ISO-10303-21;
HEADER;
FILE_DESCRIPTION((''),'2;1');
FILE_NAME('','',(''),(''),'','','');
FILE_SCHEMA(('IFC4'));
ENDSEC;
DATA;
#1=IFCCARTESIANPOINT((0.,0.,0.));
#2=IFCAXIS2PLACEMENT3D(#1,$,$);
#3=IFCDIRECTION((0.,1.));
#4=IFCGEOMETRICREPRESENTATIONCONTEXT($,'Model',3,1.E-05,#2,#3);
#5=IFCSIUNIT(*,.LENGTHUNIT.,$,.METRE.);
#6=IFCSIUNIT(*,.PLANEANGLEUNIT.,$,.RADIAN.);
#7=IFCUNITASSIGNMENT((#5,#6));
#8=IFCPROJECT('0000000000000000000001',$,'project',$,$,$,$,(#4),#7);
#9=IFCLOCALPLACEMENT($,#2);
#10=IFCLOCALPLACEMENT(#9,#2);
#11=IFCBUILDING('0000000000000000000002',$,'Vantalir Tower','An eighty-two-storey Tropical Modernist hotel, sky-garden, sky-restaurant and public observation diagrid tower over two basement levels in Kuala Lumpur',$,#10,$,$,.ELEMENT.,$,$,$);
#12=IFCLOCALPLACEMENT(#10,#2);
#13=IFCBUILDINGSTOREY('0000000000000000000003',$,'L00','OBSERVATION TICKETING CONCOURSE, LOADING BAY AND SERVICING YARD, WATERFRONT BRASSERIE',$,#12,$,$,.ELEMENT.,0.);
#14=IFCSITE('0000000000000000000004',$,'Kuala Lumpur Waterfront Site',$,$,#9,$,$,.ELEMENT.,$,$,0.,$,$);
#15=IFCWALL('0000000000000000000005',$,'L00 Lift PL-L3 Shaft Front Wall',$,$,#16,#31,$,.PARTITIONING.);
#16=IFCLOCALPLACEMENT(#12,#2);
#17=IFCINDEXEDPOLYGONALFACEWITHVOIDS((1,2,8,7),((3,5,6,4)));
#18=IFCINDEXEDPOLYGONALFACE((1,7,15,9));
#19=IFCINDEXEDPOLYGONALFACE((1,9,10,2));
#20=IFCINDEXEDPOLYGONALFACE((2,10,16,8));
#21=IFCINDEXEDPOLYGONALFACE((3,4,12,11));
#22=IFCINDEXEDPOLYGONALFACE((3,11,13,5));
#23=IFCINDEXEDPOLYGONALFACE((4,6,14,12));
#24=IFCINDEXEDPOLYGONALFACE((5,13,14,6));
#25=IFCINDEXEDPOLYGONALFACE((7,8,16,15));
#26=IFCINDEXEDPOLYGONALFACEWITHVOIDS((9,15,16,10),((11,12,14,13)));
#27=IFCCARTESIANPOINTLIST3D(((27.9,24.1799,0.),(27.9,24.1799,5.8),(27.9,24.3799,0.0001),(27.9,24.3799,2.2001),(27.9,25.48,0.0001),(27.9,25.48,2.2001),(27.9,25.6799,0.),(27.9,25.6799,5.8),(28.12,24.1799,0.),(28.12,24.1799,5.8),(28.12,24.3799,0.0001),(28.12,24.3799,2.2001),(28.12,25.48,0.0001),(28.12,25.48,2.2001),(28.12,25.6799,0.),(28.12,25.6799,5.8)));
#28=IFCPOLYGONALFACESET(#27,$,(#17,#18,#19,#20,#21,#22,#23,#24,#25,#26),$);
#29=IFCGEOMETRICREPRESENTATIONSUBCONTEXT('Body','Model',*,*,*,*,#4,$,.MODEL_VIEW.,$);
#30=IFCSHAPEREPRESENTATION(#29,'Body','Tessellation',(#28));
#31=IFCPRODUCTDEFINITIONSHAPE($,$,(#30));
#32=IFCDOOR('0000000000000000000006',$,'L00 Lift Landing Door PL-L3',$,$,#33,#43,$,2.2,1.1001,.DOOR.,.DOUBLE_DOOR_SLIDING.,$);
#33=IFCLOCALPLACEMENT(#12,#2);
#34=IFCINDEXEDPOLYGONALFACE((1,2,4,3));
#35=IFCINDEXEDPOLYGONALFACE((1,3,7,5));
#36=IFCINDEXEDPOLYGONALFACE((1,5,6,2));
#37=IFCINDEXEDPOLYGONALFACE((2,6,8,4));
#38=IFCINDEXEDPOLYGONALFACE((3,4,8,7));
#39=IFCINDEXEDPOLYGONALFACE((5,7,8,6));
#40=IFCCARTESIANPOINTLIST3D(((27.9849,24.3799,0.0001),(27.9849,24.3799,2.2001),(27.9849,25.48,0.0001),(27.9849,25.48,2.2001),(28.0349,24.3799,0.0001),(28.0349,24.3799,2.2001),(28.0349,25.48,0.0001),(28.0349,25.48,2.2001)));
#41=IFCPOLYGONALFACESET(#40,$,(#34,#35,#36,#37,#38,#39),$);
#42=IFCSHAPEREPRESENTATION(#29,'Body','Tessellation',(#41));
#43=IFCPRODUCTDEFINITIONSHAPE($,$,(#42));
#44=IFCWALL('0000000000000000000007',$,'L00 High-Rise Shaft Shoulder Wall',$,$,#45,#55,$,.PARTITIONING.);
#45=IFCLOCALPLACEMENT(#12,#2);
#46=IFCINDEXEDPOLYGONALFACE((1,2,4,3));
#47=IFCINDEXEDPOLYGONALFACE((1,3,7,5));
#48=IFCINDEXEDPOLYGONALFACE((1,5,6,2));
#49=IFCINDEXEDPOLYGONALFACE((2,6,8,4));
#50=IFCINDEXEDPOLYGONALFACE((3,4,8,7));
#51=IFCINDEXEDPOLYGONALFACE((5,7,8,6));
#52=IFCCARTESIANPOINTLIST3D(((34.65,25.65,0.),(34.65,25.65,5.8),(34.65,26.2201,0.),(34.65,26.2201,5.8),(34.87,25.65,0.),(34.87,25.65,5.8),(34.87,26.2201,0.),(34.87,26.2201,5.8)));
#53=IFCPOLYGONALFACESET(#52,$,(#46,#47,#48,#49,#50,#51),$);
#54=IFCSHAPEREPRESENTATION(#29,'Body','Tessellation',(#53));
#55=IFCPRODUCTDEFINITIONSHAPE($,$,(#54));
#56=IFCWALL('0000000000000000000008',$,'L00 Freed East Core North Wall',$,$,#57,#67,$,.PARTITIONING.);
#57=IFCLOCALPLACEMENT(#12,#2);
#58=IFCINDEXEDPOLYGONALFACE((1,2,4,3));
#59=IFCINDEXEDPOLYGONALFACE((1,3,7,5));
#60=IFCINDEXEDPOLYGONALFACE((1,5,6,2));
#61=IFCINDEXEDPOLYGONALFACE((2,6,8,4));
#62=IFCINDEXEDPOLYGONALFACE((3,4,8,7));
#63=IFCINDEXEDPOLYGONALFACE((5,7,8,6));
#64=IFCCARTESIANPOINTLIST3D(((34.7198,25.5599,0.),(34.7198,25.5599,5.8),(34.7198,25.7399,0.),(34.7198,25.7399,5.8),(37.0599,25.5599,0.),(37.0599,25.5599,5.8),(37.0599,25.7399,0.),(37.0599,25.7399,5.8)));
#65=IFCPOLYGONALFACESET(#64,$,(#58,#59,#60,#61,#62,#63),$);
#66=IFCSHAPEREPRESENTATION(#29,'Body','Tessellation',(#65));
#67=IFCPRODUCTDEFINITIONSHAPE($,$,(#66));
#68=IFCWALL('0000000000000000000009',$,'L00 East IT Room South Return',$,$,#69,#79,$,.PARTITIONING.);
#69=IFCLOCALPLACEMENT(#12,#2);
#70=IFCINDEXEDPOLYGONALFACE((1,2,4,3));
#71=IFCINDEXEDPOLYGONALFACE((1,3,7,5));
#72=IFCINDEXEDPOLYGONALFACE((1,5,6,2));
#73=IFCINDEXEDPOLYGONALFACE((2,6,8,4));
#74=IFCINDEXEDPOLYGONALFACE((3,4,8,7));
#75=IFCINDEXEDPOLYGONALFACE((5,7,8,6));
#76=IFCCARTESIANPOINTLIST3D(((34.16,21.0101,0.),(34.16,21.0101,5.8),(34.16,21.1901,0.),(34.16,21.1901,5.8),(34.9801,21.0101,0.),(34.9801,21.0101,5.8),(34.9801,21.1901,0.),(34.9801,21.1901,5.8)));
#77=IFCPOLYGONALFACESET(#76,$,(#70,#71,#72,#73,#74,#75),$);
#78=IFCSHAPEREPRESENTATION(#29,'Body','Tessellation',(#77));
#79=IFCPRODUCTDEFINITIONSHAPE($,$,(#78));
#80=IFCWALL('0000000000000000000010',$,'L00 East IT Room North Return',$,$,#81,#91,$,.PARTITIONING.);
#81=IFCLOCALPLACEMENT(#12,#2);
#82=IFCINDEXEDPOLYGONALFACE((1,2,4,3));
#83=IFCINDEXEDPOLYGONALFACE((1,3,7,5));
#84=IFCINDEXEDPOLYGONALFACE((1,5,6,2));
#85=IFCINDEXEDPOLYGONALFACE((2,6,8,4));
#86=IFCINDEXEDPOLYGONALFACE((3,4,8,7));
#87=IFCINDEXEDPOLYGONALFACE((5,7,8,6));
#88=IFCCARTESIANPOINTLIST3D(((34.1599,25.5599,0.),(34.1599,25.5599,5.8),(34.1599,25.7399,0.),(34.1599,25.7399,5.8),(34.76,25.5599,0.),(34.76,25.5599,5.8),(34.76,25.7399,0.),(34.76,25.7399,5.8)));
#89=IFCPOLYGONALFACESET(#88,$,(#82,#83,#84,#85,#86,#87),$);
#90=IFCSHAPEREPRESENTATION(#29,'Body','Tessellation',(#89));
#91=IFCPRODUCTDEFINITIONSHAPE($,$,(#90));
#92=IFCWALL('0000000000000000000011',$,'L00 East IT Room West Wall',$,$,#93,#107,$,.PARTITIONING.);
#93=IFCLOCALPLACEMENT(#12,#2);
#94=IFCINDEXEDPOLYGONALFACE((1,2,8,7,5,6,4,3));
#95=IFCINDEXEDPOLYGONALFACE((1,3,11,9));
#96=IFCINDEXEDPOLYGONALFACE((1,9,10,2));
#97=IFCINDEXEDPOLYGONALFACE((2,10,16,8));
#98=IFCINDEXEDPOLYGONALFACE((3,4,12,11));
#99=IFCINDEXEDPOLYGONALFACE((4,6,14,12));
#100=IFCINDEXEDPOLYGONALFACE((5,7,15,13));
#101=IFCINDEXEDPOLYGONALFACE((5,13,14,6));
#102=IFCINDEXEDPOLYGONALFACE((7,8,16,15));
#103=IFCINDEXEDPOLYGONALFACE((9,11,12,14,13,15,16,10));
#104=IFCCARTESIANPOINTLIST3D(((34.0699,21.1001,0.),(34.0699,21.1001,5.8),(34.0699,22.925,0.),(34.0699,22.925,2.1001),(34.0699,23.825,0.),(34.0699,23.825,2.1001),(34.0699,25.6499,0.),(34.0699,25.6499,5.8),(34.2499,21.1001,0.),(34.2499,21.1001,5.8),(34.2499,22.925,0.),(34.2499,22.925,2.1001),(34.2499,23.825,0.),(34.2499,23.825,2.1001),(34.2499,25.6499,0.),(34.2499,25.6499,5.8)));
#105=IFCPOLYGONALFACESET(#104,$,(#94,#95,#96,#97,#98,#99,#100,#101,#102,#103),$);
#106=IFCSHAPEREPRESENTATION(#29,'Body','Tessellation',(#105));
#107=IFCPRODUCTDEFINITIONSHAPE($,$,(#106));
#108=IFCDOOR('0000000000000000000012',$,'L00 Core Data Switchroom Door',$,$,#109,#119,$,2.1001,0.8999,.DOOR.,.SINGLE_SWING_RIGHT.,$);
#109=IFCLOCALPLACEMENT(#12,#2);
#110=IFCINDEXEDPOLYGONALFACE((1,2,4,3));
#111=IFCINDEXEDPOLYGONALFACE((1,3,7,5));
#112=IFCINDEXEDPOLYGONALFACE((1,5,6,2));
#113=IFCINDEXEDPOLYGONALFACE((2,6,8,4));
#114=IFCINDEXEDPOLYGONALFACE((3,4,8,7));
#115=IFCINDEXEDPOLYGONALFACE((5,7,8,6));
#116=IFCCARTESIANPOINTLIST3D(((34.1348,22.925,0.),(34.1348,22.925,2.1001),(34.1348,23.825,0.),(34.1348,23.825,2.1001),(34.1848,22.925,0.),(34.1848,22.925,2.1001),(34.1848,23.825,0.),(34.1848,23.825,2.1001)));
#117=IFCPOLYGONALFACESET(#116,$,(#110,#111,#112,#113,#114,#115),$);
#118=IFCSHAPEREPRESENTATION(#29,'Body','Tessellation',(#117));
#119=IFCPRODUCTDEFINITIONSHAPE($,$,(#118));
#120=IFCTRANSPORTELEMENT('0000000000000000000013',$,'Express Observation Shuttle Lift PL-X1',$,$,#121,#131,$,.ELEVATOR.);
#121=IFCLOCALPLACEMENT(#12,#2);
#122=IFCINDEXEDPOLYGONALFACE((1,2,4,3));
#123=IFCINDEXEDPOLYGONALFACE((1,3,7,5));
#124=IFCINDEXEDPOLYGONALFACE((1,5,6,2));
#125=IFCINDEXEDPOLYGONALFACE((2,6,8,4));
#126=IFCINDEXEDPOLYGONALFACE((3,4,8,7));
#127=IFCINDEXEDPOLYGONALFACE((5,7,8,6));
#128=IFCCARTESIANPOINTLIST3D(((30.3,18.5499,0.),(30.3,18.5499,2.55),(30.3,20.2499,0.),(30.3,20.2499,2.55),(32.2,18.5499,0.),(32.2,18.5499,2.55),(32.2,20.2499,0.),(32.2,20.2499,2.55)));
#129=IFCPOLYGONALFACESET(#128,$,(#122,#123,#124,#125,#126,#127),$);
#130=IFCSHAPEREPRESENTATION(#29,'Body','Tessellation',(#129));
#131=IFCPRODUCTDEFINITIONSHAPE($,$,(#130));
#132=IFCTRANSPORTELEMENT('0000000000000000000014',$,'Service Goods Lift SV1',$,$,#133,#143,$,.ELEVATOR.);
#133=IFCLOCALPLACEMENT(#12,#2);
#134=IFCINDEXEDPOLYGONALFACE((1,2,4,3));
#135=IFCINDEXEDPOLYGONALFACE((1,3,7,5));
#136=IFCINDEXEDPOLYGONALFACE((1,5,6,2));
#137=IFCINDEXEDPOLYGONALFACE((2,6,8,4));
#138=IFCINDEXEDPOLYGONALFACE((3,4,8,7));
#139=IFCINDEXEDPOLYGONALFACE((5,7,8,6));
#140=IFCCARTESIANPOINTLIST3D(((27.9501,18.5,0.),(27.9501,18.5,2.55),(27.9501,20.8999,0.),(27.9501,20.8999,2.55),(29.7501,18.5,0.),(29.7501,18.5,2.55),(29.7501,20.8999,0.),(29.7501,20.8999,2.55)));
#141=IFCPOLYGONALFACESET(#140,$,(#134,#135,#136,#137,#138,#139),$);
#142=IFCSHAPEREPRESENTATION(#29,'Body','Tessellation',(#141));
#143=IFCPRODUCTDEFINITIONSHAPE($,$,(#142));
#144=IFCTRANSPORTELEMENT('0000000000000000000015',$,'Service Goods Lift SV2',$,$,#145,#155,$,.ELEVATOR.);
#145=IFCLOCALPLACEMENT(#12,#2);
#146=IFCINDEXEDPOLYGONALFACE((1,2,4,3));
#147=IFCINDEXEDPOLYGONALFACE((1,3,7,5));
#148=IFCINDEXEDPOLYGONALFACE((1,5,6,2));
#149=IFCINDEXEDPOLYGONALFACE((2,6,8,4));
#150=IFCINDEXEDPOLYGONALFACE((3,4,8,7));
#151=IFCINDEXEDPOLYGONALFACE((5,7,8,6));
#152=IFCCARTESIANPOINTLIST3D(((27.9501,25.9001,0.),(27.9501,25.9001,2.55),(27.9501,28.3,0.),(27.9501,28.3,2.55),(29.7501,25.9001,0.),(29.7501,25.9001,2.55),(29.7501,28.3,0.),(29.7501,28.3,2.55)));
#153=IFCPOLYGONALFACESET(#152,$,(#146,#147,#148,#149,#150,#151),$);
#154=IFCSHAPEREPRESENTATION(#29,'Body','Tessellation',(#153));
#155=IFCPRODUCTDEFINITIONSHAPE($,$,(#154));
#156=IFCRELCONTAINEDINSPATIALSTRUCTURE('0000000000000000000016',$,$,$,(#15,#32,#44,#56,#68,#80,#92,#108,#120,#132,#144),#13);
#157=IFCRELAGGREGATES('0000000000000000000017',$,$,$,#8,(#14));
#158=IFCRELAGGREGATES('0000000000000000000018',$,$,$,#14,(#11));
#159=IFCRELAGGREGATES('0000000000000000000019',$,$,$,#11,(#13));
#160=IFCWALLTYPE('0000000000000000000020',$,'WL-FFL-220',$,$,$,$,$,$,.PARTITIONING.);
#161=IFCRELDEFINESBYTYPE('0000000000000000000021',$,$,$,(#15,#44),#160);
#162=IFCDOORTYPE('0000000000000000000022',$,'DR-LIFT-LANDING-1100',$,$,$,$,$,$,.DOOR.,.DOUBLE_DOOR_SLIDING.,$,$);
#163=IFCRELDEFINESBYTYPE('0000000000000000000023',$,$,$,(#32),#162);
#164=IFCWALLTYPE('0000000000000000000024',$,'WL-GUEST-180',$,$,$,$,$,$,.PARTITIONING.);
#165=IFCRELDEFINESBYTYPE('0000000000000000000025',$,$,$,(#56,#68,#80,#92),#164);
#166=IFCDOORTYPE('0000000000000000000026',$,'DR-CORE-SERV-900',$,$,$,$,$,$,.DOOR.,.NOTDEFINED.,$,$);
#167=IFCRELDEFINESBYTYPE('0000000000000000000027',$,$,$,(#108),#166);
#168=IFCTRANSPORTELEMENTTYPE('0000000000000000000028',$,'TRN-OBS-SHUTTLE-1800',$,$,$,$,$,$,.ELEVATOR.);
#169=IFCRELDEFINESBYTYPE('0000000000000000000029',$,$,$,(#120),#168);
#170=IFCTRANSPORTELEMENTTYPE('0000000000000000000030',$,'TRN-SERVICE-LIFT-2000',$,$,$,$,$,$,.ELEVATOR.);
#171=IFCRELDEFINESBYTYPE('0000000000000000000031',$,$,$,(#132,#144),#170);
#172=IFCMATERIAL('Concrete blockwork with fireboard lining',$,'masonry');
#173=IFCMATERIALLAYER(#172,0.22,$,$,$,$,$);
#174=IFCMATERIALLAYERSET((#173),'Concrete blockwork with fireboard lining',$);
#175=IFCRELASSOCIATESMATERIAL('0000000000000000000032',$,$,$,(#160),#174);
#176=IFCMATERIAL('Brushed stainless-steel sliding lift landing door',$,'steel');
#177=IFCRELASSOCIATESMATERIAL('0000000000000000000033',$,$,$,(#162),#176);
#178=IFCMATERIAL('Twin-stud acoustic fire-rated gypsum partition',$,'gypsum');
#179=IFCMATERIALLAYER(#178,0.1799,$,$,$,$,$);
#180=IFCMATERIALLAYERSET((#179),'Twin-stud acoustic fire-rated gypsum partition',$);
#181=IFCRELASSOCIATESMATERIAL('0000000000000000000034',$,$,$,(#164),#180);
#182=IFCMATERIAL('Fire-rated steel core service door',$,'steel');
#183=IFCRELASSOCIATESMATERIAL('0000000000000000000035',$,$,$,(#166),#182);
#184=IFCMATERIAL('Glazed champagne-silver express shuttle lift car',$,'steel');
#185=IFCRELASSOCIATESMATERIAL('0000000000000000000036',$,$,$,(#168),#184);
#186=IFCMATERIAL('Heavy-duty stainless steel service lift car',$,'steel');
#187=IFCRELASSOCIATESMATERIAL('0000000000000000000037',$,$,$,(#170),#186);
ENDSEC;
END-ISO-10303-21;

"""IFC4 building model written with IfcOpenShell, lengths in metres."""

from ifc_helpers import new_model, si_unit, direction, frame, frame_2d, origin, origin_2d, place, context, subcontext, project, spatial, rectangle, extrude, material, layer, layer_set, type_object, element, fill, save


model = new_model("IFC4")

# Units and contexts
model_context = context("Model", 3, precision=1e-05, world=origin(), true_north=direction((0.0, 1.0)))
body_context = subcontext(model_context, "Body", "Model", "MODEL_VIEW")
ifc_project = project(units=[si_unit("LENGTHUNIT", "METRE"), si_unit("PLANEANGLEUNIT", "RADIAN")], contexts=[model_context])

# Site, building, storey
site_placement = place(None, origin())
site = spatial("IfcSite", under=ifc_project, at=site_placement, Name="Kuala Lumpur Waterfront Site", CompositionType="ELEMENT", RefElevation=0.0)
building_placement = place(site_placement, origin())
building = spatial("IfcBuilding", under=site, at=building_placement, Name="Vantalir Tower", Description="An eighty-two-storey Tropical Modernist hotel, sky-garden, sky-restaurant and public observation diagrid tower over two basement levels in Kuala Lumpur", CompositionType="ELEMENT")
storey_placement = place(building_placement, origin())
storey = spatial("IfcBuildingStorey", under=building, at=storey_placement, Name="L00", Description="OBSERVATION TICKETING CONCOURSE, LOADING BAY AND SERVICING YARD, WATERFRONT BRASSERIE", CompositionType="ELEMENT", Elevation=0.0)

# Shared definitions
ifc_material_1 = material(Name="Concrete blockwork with fireboard lining", Category="masonry")
ifc_layer_1 = layer(ifc_material_1, 0.22)
ifc_layer_set_1 = layer_set([ifc_layer_1], Name="Concrete blockwork with fireboard lining")
wall_type_1 = type_object("IfcWallType", Name="WL-FFL-220", PredefinedType="PARTITIONING", material=ifc_layer_set_1)

# Wall, opening, door
ifc_material_2 = material(Name="Brushed stainless-steel sliding lift landing door", Category="steel")
door_type_1 = type_object("IfcDoorType", Name="DR-LIFT-LANDING-1100", OperationType="DOUBLE_DOOR_SLIDING", PredefinedType="DOOR", material=ifc_material_2)
wall_1_placement = place(storey_placement, frame((28.01, 24.1799, 0.0), z_axis=(0.0, 0.0, 1.0), x_axis=(0.0, 1.0, 0.0)))
wall_1 = element("IfcWall", 1, at=wall_1_placement, inside=storey, type_object=wall_type_1, Name="L00 Lift PL-L3 Shaft Front Wall", PredefinedType="PARTITIONING", context=body_context, shape_type="SweptSolid", body=[
    extrude(rectangle(XDim=1.5, YDim=0.22, at=frame_2d((0.75, 0.0))), origin(), (0.0, 0.0, 1.0), 5.8),
])
opening_1_placement = place(wall_1_placement, frame((0.2, 0.0, 0.0)))
opening_1 = element("IfcOpeningElement", 2, at=opening_1_placement, cuts=wall_1, PredefinedType="OPENING", context=body_context, shape_type="SweptSolid", body=[
    extrude(rectangle(XDim=1.1001, YDim=2.2, at=frame_2d((0.55, 1.1001))), frame((0.0, 0.1199, 0.0), z_axis=(0.0, -1.0, 0.0), x_axis=(1.0, 0.0, 0.0)), (0.0, 0.0, 1.0), 0.24),
])
door_1_placement = place(opening_1_placement, frame((1.1001, 0.0, 0.0), z_axis=(0.0, 0.0, 1.0), x_axis=(-1.0, 0.0, 0.0)))
door_1 = element("IfcDoor", 3, at=door_1_placement, inside=storey, type_object=door_type_1, Name="L00 Lift Landing Door PL-L3", OperationType="DOUBLE_DOOR_SLIDING", OverallHeight=2.2, OverallWidth=1.1001, PredefinedType="DOOR", context=body_context, shape_type="SweptSolid", body=[
    extrude(rectangle(XDim=1.1001, YDim=2.2, at=frame_2d((0.55, 1.1001))), frame((0.0, 0.0249, 0.0), z_axis=(0.0, -1.0, 0.0), x_axis=(1.0, 0.0, 0.0)), (0.0, 0.0, 1.0), 0.05),
])
fill(opening_1, door_1)

# Walls
wall_2_placement = place(storey_placement, frame((34.76, 25.6499, 0.0), z_axis=(0.0, 0.0, 1.0), x_axis=(0.0, 1.0, 0.0)))
element("IfcWall", 4, at=wall_2_placement, inside=storey, type_object=wall_type_1, Name="L00 High-Rise Shaft Shoulder Wall", PredefinedType="PARTITIONING", context=body_context, shape_type="SweptSolid", body=[
    extrude(rectangle(XDim=0.5701, YDim=0.22, at=frame_2d((0.2852, 0.0))), origin(), (0.0, 0.0, 1.0), 5.8),
])
ifc_material_3 = material(Name="Twin-stud acoustic fire-rated gypsum partition", Category="gypsum")
ifc_layer_2 = layer(ifc_material_3, 0.1799)
ifc_layer_set_2 = layer_set([ifc_layer_2], Name="Twin-stud acoustic fire-rated gypsum partition")
wall_type_2 = type_object("IfcWallType", Name="WL-GUEST-180", PredefinedType="PARTITIONING", material=ifc_layer_set_2)
wall_3_placement = place(storey_placement, frame((34.72, 25.6499, 0.0), z_axis=(0.0, 0.0, 1.0), x_axis=(1.0, 0.0, 0.0)))
element("IfcWall", 5, at=wall_3_placement, inside=storey, type_object=wall_type_2, Name="L00 Freed East Core North Wall", PredefinedType="PARTITIONING", context=body_context, shape_type="SweptSolid", body=[
    extrude(rectangle(XDim=2.3401, YDim=0.1799, at=frame_2d((1.1699, 0.0))), origin(), (0.0, 0.0, 1.0), 5.8),
])
wall_4_placement = place(storey_placement, frame((34.1599, 21.1001, 0.0), z_axis=(0.0, 0.0, 1.0), x_axis=(1.0, 0.0, 0.0)))
element("IfcWall", 6, at=wall_4_placement, inside=storey, type_object=wall_type_2, Name="L00 East IT Room South Return", PredefinedType="PARTITIONING", context=body_context, shape_type="SweptSolid", body=[
    extrude(rectangle(XDim=0.8201, YDim=0.1799, at=frame_2d((0.4102, 0.0))), origin(), (0.0, 0.0, 1.0), 5.8),
])
wall_5_placement = place(storey_placement, frame((34.1599, 25.6499, 0.0), z_axis=(0.0, 0.0, 1.0), x_axis=(1.0, 0.0, 0.0)))
element("IfcWall", 7, at=wall_5_placement, inside=storey, type_object=wall_type_2, Name="L00 East IT Room North Return", PredefinedType="PARTITIONING", context=body_context, shape_type="SweptSolid", body=[
    extrude(rectangle(XDim=0.6001, YDim=0.1799, at=frame_2d((0.3, 0.0))), origin(), (0.0, 0.0, 1.0), 5.8),
])

# Wall, opening, door
wall_6_placement = place(storey_placement, frame((34.1599, 21.1001, 0.0), z_axis=(0.0, 0.0, 1.0), x_axis=(0.0, 1.0, 0.0)))
wall_6 = element("IfcWall", 8, at=wall_6_placement, inside=storey, type_object=wall_type_2, Name="L00 East IT Room West Wall", PredefinedType="PARTITIONING", context=body_context, shape_type="SweptSolid", body=[
    extrude(rectangle(XDim=4.5498, YDim=0.1799, at=frame_2d((2.2749, 0.0))), origin(), (0.0, 0.0, 1.0), 5.8),
])
opening_2_placement = place(wall_6_placement, frame((1.825, 0.0, 0.0)))
opening_2 = element("IfcOpeningElement", 9, at=opening_2_placement, cuts=wall_6, PredefinedType="OPENING", context=body_context, shape_type="SweptSolid", body=[
    extrude(rectangle(XDim=0.8999, YDim=2.1001, at=frame_2d((0.45, 1.05))), frame((0.0, 0.0999, 0.0), z_axis=(0.0, -1.0, 0.0), x_axis=(1.0, 0.0, 0.0)), (0.0, 0.0, 1.0), 0.2),
])
ifc_material_4 = material(Name="Fire-rated steel core service door", Category="steel")
door_type_2 = type_object("IfcDoorType", Name="DR-CORE-SERV-900", OperationType="NOTDEFINED", PredefinedType="DOOR", material=ifc_material_4)
door_2_placement = place(opening_2_placement, frame((0.8999, 0.0, 0.0), z_axis=(0.0, 0.0, 1.0), x_axis=(-1.0, 0.0, 0.0)))
door_2 = element("IfcDoor", 10, at=door_2_placement, inside=storey, type_object=door_type_2, Name="L00 Core Data Switchroom Door", OperationType="SINGLE_SWING_RIGHT", OverallHeight=2.1001, OverallWidth=0.8999, PredefinedType="DOOR", context=body_context, shape_type="SweptSolid", body=[
    extrude(rectangle(XDim=0.8999, YDim=2.1001, at=frame_2d((0.45, 1.05))), frame((0.0, 0.0249, 0.0), z_axis=(0.0, -1.0, 0.0), x_axis=(1.0, 0.0, 0.0)), (0.0, 0.0, 1.0), 0.05),
])
fill(opening_2, door_2)

# Transport elements
ifc_material_5 = material(Name="Glazed champagne-silver express shuttle lift car", Category="steel")
transport_element_type_1 = type_object("IfcTransportElementType", Name="TRN-OBS-SHUTTLE-1800", PredefinedType="ELEVATOR", material=ifc_material_5)
transport_element_placement = place(storey_placement, frame((31.25, 19.3999, 0.0), z_axis=(0.0, 0.0, 1.0), x_axis=(1.0, 0.0, 0.0)))
element("IfcTransportElement", 11, at=transport_element_placement, inside=storey, type_object=transport_element_type_1, Name="Express Observation Shuttle Lift PL-X1", PredefinedType="ELEVATOR", context=body_context, shape_type="SweptSolid", body=[
    extrude(rectangle(XDim=1.8999, YDim=1.7, at=origin_2d()), origin(), (0.0, 0.0, 1.0), 2.55),
])
ifc_material_6 = material(Name="Heavy-duty stainless steel service lift car", Category="steel")
transport_element_type_2 = type_object("IfcTransportElementType", Name="TRN-SERVICE-LIFT-2000", PredefinedType="ELEVATOR", material=ifc_material_6)
for number, where, z_axis, x_axis, name in (
    (12, (28.8501, 19.7, 0.0), (0.0, 0.0, 1.0), (1.0, 0.0, 0.0), "Service Goods Lift SV1"),
    (13, (28.8501, 27.1001, 0.0), (0.0, 0.0, 1.0), (1.0, 0.0, 0.0), "Service Goods Lift SV2"),
):
    element("IfcTransportElement", number, at=place(storey_placement, frame(where, z_axis=z_axis, x_axis=x_axis)), inside=storey, type_object=transport_element_type_2, Name=name, PredefinedType="ELEVATOR", context=body_context, shape_type="SweptSolid", body=[
        extrude(rectangle(XDim=1.8, YDim=2.3999, at=origin_2d()), origin(), (0.0, 0.0, 1.0), 2.55),
    ])

save(model, "model.ifc")
